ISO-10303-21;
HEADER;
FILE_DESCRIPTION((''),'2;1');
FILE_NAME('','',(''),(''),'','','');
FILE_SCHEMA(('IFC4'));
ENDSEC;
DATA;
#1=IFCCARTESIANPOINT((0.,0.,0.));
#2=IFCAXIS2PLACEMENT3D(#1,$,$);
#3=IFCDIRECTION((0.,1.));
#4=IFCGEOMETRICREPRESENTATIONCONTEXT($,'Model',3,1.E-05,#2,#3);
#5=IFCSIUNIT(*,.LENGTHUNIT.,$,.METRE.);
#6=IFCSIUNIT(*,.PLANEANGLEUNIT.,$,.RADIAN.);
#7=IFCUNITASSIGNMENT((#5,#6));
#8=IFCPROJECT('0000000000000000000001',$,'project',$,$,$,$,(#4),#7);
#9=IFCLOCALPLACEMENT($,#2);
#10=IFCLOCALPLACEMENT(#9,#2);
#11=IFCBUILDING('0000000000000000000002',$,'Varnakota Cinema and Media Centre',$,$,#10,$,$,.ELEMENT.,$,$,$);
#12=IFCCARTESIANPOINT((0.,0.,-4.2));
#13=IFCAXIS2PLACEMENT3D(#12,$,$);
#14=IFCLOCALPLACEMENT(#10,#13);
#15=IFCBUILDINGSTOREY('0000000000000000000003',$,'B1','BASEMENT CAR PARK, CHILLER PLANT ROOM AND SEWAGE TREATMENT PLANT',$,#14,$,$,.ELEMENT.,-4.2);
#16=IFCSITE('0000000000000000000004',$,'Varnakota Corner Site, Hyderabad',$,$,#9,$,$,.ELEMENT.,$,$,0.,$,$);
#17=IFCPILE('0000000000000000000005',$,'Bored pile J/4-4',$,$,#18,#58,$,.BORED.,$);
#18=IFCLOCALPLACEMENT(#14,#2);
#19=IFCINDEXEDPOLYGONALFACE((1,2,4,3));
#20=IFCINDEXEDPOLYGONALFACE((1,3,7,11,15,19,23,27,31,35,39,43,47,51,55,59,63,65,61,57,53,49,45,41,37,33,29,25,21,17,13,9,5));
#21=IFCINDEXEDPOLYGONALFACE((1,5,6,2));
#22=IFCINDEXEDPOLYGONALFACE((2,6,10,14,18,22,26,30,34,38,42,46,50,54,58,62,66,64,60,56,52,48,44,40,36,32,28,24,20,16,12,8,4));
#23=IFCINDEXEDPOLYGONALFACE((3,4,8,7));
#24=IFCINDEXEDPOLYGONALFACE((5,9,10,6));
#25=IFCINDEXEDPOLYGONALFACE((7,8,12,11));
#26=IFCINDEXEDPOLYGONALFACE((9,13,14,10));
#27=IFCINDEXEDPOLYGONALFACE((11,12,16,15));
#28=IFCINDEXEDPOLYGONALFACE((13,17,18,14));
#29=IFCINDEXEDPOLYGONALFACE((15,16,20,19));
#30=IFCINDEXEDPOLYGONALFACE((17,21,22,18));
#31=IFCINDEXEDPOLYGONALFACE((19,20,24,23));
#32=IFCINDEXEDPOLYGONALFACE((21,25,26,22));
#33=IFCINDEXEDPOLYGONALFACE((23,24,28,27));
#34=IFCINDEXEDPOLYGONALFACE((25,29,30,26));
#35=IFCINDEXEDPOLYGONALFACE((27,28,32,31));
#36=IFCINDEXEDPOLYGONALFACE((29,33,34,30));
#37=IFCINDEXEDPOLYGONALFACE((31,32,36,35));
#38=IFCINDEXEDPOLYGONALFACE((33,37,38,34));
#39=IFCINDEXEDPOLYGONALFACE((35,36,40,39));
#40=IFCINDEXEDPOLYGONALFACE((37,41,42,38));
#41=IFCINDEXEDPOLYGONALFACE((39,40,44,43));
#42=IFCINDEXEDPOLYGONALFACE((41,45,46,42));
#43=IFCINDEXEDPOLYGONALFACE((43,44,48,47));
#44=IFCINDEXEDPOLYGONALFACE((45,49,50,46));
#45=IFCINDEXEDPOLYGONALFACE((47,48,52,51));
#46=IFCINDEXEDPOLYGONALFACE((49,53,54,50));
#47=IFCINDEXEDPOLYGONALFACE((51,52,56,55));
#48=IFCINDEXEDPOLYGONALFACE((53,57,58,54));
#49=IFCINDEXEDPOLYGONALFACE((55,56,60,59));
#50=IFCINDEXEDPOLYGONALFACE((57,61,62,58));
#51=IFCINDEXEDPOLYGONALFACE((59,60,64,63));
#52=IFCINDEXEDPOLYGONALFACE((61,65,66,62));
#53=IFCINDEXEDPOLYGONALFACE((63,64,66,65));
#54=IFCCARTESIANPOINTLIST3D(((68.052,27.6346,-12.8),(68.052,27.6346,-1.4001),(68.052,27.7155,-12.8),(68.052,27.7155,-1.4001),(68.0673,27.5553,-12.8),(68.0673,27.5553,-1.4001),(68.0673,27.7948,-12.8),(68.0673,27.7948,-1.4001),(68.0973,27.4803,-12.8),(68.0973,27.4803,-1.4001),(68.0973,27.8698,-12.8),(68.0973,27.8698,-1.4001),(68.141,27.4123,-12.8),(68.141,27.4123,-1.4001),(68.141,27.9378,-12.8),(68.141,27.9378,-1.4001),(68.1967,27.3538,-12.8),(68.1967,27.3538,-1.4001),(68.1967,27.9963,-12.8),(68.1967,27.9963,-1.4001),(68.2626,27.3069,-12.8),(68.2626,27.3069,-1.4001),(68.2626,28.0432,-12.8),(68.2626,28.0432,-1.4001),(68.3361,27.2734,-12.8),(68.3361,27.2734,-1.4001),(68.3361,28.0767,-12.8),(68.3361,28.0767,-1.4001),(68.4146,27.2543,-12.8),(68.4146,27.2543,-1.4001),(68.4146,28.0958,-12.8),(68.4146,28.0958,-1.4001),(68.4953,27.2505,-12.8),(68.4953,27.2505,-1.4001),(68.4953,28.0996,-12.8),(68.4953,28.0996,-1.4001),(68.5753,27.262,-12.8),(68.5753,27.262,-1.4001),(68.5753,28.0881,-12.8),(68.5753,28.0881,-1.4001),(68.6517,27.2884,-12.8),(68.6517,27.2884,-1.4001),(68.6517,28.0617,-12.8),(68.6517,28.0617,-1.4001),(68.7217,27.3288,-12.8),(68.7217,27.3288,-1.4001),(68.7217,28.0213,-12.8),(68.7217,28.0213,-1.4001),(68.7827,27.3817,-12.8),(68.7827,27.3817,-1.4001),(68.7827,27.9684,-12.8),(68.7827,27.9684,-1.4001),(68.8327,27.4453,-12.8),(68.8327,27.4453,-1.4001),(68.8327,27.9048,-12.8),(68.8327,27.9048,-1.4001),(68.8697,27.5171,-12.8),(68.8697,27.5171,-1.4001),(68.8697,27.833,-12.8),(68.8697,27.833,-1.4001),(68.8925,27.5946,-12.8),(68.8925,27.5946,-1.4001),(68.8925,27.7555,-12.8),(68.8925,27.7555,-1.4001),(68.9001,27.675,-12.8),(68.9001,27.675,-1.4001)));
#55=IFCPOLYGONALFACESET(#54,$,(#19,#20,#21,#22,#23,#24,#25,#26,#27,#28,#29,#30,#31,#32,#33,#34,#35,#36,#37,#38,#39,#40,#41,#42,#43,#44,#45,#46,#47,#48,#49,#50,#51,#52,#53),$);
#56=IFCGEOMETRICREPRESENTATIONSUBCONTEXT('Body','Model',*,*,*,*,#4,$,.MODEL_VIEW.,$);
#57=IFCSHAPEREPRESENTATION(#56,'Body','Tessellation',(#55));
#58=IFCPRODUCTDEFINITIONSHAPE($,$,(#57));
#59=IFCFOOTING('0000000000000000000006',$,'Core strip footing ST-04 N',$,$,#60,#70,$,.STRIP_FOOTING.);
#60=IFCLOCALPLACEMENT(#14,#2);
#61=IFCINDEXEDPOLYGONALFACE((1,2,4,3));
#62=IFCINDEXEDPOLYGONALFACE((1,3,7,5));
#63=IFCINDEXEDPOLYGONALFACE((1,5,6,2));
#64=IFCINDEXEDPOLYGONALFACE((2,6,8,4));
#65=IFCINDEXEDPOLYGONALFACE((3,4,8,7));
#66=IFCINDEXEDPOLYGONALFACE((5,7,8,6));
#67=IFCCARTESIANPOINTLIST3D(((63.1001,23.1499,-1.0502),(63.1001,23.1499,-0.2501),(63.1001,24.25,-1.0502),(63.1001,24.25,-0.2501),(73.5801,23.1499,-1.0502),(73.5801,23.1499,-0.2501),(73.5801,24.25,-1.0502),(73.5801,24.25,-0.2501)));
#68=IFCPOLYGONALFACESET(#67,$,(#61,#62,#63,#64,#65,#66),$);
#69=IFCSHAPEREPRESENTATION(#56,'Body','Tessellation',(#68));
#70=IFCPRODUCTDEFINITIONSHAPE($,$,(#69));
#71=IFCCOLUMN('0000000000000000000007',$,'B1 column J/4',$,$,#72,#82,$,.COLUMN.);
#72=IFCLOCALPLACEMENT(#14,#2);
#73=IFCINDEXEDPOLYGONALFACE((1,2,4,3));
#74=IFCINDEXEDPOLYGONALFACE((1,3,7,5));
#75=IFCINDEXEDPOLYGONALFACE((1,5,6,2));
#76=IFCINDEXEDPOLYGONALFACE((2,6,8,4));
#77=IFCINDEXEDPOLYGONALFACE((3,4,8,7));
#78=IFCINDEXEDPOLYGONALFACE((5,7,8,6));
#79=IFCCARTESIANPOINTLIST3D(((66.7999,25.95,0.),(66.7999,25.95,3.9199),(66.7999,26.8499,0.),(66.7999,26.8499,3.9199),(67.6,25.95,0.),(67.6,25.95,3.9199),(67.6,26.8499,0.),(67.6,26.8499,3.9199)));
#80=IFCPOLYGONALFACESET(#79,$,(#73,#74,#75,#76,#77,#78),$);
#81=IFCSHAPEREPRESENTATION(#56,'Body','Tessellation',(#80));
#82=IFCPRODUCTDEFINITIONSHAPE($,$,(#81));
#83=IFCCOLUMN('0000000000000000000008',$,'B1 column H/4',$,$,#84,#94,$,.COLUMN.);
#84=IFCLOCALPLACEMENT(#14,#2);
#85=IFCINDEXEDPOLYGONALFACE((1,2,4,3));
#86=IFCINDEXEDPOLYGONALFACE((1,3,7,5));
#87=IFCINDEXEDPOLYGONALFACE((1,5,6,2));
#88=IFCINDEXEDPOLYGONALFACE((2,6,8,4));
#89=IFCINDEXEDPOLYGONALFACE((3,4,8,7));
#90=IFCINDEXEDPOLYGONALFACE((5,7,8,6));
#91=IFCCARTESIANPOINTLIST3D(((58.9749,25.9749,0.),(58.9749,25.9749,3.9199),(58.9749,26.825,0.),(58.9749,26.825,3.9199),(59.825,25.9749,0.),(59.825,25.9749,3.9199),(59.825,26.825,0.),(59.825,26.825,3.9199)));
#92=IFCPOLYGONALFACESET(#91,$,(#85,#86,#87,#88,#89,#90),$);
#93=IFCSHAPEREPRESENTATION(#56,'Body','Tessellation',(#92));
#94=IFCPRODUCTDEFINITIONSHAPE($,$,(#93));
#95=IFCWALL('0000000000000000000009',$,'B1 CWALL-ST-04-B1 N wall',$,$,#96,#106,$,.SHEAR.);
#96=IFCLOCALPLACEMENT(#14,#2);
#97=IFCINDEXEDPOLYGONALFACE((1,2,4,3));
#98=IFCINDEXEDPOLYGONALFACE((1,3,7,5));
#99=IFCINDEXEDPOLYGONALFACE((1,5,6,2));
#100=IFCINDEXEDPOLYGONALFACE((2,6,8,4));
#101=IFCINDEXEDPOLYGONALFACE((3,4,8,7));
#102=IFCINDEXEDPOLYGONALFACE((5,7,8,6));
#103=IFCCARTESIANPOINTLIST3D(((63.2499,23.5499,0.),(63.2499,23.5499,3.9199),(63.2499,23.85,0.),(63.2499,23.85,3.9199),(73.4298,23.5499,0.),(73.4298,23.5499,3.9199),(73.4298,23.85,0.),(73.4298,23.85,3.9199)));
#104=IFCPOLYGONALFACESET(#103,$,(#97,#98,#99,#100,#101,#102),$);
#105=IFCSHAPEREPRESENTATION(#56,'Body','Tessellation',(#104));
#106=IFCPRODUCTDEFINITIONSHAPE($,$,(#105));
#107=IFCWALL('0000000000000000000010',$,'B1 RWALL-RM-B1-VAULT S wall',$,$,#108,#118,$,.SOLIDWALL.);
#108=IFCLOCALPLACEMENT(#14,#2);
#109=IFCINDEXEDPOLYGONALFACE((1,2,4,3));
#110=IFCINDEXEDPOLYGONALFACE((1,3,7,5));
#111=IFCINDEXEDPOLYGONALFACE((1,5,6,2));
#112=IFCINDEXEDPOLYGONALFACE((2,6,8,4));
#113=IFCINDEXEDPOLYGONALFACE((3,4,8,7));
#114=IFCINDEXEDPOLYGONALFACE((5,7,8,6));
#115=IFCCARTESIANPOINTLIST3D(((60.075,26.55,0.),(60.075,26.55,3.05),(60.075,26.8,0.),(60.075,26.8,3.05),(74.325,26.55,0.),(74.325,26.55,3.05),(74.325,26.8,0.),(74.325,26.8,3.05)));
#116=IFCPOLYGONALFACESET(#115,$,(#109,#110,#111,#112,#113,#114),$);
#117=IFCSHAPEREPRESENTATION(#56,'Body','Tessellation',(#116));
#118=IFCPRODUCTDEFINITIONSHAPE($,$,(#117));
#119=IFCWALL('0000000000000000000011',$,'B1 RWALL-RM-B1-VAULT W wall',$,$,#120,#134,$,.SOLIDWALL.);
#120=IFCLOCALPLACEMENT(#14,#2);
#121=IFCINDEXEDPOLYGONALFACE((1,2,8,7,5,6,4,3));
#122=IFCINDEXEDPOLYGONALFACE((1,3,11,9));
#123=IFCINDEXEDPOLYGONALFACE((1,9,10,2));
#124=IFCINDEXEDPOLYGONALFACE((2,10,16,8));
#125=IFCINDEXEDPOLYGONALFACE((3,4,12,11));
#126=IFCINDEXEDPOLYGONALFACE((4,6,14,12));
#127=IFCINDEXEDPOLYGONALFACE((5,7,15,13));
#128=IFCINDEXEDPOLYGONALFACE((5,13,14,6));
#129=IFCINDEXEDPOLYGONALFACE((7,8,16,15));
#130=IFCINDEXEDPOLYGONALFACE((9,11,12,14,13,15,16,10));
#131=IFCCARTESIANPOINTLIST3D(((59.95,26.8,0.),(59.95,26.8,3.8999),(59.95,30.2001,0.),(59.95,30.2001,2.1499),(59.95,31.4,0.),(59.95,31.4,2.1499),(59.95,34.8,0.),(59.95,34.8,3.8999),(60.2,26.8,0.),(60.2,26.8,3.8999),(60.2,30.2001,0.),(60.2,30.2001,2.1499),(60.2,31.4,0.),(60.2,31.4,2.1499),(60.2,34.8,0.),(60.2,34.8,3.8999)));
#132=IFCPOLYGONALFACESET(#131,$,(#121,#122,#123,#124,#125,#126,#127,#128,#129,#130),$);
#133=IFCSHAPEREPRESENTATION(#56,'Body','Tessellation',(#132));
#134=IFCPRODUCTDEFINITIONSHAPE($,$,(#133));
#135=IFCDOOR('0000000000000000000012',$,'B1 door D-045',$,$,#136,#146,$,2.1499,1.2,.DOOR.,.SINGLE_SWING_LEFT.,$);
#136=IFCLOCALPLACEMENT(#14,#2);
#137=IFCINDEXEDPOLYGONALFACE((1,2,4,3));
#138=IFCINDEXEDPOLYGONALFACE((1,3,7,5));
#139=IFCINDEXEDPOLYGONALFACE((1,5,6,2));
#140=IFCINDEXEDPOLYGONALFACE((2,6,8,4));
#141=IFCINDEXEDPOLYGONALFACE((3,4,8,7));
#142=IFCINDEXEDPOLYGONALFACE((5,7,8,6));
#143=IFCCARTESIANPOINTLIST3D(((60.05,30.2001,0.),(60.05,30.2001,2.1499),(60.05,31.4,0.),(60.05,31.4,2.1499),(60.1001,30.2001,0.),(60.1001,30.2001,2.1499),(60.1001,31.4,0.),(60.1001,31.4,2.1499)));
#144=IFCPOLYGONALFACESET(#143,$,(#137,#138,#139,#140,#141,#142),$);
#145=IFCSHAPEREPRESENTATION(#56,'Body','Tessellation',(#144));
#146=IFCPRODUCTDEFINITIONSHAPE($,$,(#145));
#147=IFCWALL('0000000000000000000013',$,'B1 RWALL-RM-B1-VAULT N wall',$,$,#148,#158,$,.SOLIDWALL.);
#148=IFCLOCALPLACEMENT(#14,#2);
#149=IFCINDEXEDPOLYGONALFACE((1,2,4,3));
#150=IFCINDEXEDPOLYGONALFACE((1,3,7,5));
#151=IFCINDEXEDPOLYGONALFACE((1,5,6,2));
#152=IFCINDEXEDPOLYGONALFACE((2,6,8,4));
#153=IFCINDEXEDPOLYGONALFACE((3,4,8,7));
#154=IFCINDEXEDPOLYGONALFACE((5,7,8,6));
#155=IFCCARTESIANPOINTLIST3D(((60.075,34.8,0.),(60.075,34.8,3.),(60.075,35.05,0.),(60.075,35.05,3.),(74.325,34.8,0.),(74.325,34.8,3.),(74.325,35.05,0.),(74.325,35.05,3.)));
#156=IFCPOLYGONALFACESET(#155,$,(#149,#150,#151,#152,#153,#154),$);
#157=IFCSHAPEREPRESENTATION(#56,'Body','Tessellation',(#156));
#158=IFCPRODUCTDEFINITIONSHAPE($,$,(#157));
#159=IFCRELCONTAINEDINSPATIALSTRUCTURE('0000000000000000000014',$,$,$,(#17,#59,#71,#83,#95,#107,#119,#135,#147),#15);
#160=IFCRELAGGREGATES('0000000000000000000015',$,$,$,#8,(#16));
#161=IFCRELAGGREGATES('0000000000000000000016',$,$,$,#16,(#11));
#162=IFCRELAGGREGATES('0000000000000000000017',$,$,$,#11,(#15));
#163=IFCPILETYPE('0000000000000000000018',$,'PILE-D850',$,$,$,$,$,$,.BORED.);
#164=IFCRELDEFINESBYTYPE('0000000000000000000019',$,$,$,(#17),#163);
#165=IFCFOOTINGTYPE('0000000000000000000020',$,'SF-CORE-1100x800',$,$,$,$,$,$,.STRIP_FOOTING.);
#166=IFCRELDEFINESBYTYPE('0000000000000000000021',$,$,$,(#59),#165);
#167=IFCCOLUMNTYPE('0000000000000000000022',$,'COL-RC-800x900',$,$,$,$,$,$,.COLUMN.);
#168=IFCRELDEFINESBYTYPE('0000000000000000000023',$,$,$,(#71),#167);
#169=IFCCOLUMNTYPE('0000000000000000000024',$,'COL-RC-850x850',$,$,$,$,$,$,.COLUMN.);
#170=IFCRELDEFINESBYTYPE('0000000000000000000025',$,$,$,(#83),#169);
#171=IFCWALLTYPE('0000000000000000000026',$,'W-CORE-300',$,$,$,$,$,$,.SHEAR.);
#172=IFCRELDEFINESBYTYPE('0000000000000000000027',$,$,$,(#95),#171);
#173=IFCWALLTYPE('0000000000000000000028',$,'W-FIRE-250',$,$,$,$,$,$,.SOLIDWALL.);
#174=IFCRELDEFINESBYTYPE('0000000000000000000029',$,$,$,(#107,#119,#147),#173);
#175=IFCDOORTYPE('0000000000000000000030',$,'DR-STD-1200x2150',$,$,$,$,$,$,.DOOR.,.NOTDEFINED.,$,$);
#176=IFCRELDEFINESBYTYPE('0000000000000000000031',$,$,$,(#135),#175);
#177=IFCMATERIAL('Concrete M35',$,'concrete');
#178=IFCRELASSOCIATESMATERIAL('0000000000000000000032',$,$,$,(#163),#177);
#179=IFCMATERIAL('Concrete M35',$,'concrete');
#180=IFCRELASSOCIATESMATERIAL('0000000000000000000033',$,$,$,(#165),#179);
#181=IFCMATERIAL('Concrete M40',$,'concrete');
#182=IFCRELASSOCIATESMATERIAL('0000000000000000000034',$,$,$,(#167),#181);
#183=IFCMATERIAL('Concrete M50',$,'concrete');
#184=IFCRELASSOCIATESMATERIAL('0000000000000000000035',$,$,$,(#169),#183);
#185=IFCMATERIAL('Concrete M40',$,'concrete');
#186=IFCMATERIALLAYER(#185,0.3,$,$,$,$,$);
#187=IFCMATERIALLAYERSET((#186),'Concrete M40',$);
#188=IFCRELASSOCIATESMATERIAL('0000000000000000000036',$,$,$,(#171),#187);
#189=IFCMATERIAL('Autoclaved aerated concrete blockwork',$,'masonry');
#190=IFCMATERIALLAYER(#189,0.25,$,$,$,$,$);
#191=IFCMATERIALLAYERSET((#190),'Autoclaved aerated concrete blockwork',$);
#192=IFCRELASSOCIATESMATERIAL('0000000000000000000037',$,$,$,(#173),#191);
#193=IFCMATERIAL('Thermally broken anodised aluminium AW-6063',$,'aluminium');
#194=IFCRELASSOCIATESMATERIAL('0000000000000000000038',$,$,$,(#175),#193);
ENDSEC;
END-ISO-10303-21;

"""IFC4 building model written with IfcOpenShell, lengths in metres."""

from ifc_helpers import new_model, si_unit, direction, frame, frame_2d, origin, origin_2d, place, context, subcontext, project, spatial, rectangle, circle, extrude, material, layer, layer_set, material_profile, profile_set, type_object, element, fill, save


model = new_model("IFC4")

# Units and contexts
model_context = context("Model", 3, precision=1e-05, world=origin(), true_north=direction((0.0, 1.0)))
body_context = subcontext(model_context, "Body", "Model", "MODEL_VIEW")
ifc_project = project(units=[si_unit("LENGTHUNIT", "METRE"), si_unit("PLANEANGLEUNIT", "RADIAN")], contexts=[model_context])

# Site, building, storey
site_placement = place(None, origin())
site = spatial("IfcSite", under=ifc_project, at=site_placement, Name="Varnakota Corner Site, Hyderabad", CompositionType="ELEMENT", RefElevation=0.0)
building_placement = place(site_placement, origin())
building = spatial("IfcBuilding", under=site, at=building_placement, Name="Varnakota Cinema and Media Centre", CompositionType="ELEMENT")
storey_placement = place(building_placement, frame((0.0, 0.0, -4.2)))
storey = spatial("IfcBuildingStorey", under=building, at=storey_placement, Name="B1", Description="BASEMENT CAR PARK, CHILLER PLANT ROOM AND SEWAGE TREATMENT PLANT", CompositionType="ELEMENT", Elevation=-4.2)

# Pile
ifc_material_1 = material(Name="Concrete M35", Category="concrete")
ifc_material_profile_1 = material_profile(ifc_material_1, circle(Radius=0.425, at=origin_2d()), Name="PILE D850")
ifc_profile_set_1 = profile_set([ifc_material_profile_1], Name="Concrete M35")
pile_type_1 = type_object("IfcPileType", Name="PILE-D850", PredefinedType="BORED", material=ifc_profile_set_1)
for number, where, z_axis, x_axis, name in (
    (1, (68.4751, 27.675, -1.4001), (0.0, 0.0, -1.0), (1.0, 0.0, 0.0), "Bored pile J/4-4"),
):
    element("IfcPile", number, at=place(storey_placement, frame(where, z_axis=z_axis, x_axis=x_axis)), inside=storey, type_object=pile_type_1, Name=name, PredefinedType="BORED", context=body_context, shape_type="SweptSolid", body=[
        extrude(circle(Radius=0.425, at=origin_2d()), origin(), (0.0, 0.0, 1.0), 11.3999),
    ])

# Footing
ifc_material_2 = material(Name="Concrete M35", Category="concrete")
ifc_material_profile_2 = material_profile(ifc_material_2, rectangle(XDim=1.1001, YDim=0.8, at=origin_2d()), Name="SF 1100x800")
ifc_profile_set_2 = profile_set([ifc_material_profile_2], Name="Concrete M35")
footing_type_1 = type_object("IfcFootingType", Name="SF-CORE-1100x800", PredefinedType="STRIP_FOOTING", material=ifc_profile_set_2)
footing_1_placement = place(storey_placement, frame((63.1001, 23.7, -0.6501), z_axis=(1.0, 0.0, 0.0), x_axis=(0.0, 1.0, 0.0)))
element("IfcFooting", 2, at=footing_1_placement, inside=storey, type_object=footing_type_1, Name="Core strip footing ST-04 N", PredefinedType="STRIP_FOOTING", context=body_context, shape_type="SweptSolid", body=[
    extrude(rectangle(XDim=1.1001, YDim=0.8, at=origin_2d()), origin(), (0.0, 0.0, 1.0), 10.48),
])

# Columns
ifc_material_3 = material(Name="Concrete M40", Category="concrete")
ifc_material_profile_3 = material_profile(ifc_material_3, rectangle(XDim=0.8, YDim=0.8999, at=origin_2d()), Name="RC 800x900")
ifc_profile_set_3 = profile_set([ifc_material_profile_3], Name="Concrete M40")
column_type_1 = type_object("IfcColumnType", Name="COL-RC-800x900", PredefinedType="COLUMN", material=ifc_profile_set_3)
column_1_placement = place(storey_placement, frame((67.2, 26.3999, 0.0), z_axis=(0.0, 0.0, 1.0), x_axis=(1.0, 0.0, 0.0)))
element("IfcColumn", 3, at=column_1_placement, inside=storey, type_object=column_type_1, Name="B1 column J/4", PredefinedType="COLUMN", context=body_context, shape_type="SweptSolid", body=[
    extrude(rectangle(XDim=0.8, YDim=0.8999, at=origin_2d()), origin(), (0.0, 0.0, 1.0), 3.9199),
])
ifc_material_4 = material(Name="Concrete M50", Category="concrete")
ifc_material_profile_4 = material_profile(ifc_material_4, rectangle(XDim=0.8501, YDim=0.8501, at=origin_2d()), Name="RC 850x850")
ifc_profile_set_4 = profile_set([ifc_material_profile_4], Name="Concrete M50")
column_type_2 = type_object("IfcColumnType", Name="COL-RC-850x850", PredefinedType="COLUMN", material=ifc_profile_set_4)
column_2_placement = place(storey_placement, frame((59.3999, 26.3999, 0.0), z_axis=(0.0, 0.0, 1.0), x_axis=(1.0, 0.0, 0.0)))
element("IfcColumn", 4, at=column_2_placement, inside=storey, type_object=column_type_2, Name="B1 column H/4", PredefinedType="COLUMN", context=body_context, shape_type="SweptSolid", body=[
    extrude(rectangle(XDim=0.8501, YDim=0.8501, at=origin_2d()), origin(), (0.0, 0.0, 1.0), 3.9199),
])

# Walls
ifc_material_5 = material(Name="Concrete M40", Category="concrete")
ifc_layer_1 = layer(ifc_material_5, 0.3)
ifc_layer_set_1 = layer_set([ifc_layer_1], Name="Concrete M40")
wall_type_1 = type_object("IfcWallType", Name="W-CORE-300", PredefinedType="SHEAR", material=ifc_layer_set_1)
wall_1_placement = place(storey_placement, frame((63.25, 23.7, 0.0), z_axis=(0.0, 0.0, 1.0), x_axis=(1.0, 0.0, 0.0)))
element("IfcWall", 5, at=wall_1_placement, inside=storey, type_object=wall_type_1, Name="B1 CWALL-ST-04-B1 N wall", PredefinedType="SHEAR", context=body_context, shape_type="SweptSolid", body=[
    extrude(rectangle(XDim=10.1799, YDim=0.3, at=frame_2d((5.0898, 0.0))), origin(), (0.0, 0.0, 1.0), 3.9199),
])
ifc_material_6 = material(Name="Autoclaved aerated concrete blockwork", Category="masonry")
ifc_layer_2 = layer(ifc_material_6, 0.25)
ifc_layer_set_2 = layer_set([ifc_layer_2], Name="Autoclaved aerated concrete blockwork")
wall_type_2 = type_object("IfcWallType", Name="W-FIRE-250", PredefinedType="SOLIDWALL", material=ifc_layer_set_2)
wall_2_placement = place(storey_placement, frame((74.325, 26.675, 0.0), z_axis=(0.0, 0.0, 1.0), x_axis=(-1.0, 0.0, 0.0)))
element("IfcWall", 6, at=wall_2_placement, inside=storey, type_object=wall_type_2, Name="B1 RWALL-RM-B1-VAULT S wall", PredefinedType="SOLIDWALL", context=body_context, shape_type="SweptSolid", body=[
    extrude(rectangle(XDim=14.25, YDim=0.25, at=frame_2d((7.125, 0.0))), origin(), (0.0, 0.0, 1.0), 3.05),
])

# Wall, opening, door
wall_3_placement = place(storey_placement, frame((60.075, 26.8, 0.0), z_axis=(0.0, 0.0, 1.0), x_axis=(0.0, 1.0, 0.0)))
wall_3 = element("IfcWall", 7, at=wall_3_placement, inside=storey, type_object=wall_type_2, Name="B1 RWALL-RM-B1-VAULT W wall", PredefinedType="SOLIDWALL", context=body_context, shape_type="SweptSolid", body=[
    extrude(rectangle(XDim=8.0, YDim=0.25, at=frame_2d((4.0, 0.0))), origin(), (0.0, 0.0, 1.0), 3.8999),
])
opening_placement = place(wall_3_placement, frame((3.3999, 0.0, 0.0)))
opening = element("IfcOpeningElement", 8, at=opening_placement, cuts=wall_3, PredefinedType="OPENING", context=body_context, shape_type="SweptSolid", body=[
    extrude(rectangle(XDim=1.2, YDim=2.1499, at=frame_2d((0.6001, 1.075))), frame((0.0, 0.125, 0.0), z_axis=(0.0, -1.0, 0.0), x_axis=(1.0, 0.0, 0.0)), (0.0, 0.0, 1.0), 0.25),
])
ifc_material_7 = material(Name="Thermally broken anodised aluminium AW-6063", Category="aluminium")
door_type = type_object("IfcDoorType", Name="DR-STD-1200x2150", OperationType="NOTDEFINED", PredefinedType="DOOR", material=ifc_material_7)
door_placement = place(opening_placement, origin())
door = element("IfcDoor", 9, at=door_placement, inside=storey, type_object=door_type, Name="B1 door D-045", OperationType="SINGLE_SWING_LEFT", OverallHeight=2.1499, OverallWidth=1.2, PredefinedType="DOOR", context=body_context, shape_type="SweptSolid", body=[
    extrude(rectangle(XDim=1.2, YDim=2.1499, at=frame_2d((0.6001, 1.075))), frame((0.0, 0.0249, 0.0), z_axis=(0.0, -1.0, 0.0), x_axis=(1.0, 0.0, 0.0)), (0.0, 0.0, 1.0), 0.05),
])
fill(opening, door)

# Wall
wall_4_placement = place(storey_placement, frame((60.075, 34.925, 0.0), z_axis=(0.0, 0.0, 1.0), x_axis=(1.0, 0.0, 0.0)))
element("IfcWall", 10, at=wall_4_placement, inside=storey, type_object=wall_type_2, Name="B1 RWALL-RM-B1-VAULT N wall", PredefinedType="SOLIDWALL", context=body_context, shape_type="SweptSolid", body=[
    extrude(rectangle(XDim=14.25, YDim=0.25, at=frame_2d((7.125, 0.0))), origin(), (0.0, 0.0, 1.0), 3.0),
])

save(model, "model.ifc")
